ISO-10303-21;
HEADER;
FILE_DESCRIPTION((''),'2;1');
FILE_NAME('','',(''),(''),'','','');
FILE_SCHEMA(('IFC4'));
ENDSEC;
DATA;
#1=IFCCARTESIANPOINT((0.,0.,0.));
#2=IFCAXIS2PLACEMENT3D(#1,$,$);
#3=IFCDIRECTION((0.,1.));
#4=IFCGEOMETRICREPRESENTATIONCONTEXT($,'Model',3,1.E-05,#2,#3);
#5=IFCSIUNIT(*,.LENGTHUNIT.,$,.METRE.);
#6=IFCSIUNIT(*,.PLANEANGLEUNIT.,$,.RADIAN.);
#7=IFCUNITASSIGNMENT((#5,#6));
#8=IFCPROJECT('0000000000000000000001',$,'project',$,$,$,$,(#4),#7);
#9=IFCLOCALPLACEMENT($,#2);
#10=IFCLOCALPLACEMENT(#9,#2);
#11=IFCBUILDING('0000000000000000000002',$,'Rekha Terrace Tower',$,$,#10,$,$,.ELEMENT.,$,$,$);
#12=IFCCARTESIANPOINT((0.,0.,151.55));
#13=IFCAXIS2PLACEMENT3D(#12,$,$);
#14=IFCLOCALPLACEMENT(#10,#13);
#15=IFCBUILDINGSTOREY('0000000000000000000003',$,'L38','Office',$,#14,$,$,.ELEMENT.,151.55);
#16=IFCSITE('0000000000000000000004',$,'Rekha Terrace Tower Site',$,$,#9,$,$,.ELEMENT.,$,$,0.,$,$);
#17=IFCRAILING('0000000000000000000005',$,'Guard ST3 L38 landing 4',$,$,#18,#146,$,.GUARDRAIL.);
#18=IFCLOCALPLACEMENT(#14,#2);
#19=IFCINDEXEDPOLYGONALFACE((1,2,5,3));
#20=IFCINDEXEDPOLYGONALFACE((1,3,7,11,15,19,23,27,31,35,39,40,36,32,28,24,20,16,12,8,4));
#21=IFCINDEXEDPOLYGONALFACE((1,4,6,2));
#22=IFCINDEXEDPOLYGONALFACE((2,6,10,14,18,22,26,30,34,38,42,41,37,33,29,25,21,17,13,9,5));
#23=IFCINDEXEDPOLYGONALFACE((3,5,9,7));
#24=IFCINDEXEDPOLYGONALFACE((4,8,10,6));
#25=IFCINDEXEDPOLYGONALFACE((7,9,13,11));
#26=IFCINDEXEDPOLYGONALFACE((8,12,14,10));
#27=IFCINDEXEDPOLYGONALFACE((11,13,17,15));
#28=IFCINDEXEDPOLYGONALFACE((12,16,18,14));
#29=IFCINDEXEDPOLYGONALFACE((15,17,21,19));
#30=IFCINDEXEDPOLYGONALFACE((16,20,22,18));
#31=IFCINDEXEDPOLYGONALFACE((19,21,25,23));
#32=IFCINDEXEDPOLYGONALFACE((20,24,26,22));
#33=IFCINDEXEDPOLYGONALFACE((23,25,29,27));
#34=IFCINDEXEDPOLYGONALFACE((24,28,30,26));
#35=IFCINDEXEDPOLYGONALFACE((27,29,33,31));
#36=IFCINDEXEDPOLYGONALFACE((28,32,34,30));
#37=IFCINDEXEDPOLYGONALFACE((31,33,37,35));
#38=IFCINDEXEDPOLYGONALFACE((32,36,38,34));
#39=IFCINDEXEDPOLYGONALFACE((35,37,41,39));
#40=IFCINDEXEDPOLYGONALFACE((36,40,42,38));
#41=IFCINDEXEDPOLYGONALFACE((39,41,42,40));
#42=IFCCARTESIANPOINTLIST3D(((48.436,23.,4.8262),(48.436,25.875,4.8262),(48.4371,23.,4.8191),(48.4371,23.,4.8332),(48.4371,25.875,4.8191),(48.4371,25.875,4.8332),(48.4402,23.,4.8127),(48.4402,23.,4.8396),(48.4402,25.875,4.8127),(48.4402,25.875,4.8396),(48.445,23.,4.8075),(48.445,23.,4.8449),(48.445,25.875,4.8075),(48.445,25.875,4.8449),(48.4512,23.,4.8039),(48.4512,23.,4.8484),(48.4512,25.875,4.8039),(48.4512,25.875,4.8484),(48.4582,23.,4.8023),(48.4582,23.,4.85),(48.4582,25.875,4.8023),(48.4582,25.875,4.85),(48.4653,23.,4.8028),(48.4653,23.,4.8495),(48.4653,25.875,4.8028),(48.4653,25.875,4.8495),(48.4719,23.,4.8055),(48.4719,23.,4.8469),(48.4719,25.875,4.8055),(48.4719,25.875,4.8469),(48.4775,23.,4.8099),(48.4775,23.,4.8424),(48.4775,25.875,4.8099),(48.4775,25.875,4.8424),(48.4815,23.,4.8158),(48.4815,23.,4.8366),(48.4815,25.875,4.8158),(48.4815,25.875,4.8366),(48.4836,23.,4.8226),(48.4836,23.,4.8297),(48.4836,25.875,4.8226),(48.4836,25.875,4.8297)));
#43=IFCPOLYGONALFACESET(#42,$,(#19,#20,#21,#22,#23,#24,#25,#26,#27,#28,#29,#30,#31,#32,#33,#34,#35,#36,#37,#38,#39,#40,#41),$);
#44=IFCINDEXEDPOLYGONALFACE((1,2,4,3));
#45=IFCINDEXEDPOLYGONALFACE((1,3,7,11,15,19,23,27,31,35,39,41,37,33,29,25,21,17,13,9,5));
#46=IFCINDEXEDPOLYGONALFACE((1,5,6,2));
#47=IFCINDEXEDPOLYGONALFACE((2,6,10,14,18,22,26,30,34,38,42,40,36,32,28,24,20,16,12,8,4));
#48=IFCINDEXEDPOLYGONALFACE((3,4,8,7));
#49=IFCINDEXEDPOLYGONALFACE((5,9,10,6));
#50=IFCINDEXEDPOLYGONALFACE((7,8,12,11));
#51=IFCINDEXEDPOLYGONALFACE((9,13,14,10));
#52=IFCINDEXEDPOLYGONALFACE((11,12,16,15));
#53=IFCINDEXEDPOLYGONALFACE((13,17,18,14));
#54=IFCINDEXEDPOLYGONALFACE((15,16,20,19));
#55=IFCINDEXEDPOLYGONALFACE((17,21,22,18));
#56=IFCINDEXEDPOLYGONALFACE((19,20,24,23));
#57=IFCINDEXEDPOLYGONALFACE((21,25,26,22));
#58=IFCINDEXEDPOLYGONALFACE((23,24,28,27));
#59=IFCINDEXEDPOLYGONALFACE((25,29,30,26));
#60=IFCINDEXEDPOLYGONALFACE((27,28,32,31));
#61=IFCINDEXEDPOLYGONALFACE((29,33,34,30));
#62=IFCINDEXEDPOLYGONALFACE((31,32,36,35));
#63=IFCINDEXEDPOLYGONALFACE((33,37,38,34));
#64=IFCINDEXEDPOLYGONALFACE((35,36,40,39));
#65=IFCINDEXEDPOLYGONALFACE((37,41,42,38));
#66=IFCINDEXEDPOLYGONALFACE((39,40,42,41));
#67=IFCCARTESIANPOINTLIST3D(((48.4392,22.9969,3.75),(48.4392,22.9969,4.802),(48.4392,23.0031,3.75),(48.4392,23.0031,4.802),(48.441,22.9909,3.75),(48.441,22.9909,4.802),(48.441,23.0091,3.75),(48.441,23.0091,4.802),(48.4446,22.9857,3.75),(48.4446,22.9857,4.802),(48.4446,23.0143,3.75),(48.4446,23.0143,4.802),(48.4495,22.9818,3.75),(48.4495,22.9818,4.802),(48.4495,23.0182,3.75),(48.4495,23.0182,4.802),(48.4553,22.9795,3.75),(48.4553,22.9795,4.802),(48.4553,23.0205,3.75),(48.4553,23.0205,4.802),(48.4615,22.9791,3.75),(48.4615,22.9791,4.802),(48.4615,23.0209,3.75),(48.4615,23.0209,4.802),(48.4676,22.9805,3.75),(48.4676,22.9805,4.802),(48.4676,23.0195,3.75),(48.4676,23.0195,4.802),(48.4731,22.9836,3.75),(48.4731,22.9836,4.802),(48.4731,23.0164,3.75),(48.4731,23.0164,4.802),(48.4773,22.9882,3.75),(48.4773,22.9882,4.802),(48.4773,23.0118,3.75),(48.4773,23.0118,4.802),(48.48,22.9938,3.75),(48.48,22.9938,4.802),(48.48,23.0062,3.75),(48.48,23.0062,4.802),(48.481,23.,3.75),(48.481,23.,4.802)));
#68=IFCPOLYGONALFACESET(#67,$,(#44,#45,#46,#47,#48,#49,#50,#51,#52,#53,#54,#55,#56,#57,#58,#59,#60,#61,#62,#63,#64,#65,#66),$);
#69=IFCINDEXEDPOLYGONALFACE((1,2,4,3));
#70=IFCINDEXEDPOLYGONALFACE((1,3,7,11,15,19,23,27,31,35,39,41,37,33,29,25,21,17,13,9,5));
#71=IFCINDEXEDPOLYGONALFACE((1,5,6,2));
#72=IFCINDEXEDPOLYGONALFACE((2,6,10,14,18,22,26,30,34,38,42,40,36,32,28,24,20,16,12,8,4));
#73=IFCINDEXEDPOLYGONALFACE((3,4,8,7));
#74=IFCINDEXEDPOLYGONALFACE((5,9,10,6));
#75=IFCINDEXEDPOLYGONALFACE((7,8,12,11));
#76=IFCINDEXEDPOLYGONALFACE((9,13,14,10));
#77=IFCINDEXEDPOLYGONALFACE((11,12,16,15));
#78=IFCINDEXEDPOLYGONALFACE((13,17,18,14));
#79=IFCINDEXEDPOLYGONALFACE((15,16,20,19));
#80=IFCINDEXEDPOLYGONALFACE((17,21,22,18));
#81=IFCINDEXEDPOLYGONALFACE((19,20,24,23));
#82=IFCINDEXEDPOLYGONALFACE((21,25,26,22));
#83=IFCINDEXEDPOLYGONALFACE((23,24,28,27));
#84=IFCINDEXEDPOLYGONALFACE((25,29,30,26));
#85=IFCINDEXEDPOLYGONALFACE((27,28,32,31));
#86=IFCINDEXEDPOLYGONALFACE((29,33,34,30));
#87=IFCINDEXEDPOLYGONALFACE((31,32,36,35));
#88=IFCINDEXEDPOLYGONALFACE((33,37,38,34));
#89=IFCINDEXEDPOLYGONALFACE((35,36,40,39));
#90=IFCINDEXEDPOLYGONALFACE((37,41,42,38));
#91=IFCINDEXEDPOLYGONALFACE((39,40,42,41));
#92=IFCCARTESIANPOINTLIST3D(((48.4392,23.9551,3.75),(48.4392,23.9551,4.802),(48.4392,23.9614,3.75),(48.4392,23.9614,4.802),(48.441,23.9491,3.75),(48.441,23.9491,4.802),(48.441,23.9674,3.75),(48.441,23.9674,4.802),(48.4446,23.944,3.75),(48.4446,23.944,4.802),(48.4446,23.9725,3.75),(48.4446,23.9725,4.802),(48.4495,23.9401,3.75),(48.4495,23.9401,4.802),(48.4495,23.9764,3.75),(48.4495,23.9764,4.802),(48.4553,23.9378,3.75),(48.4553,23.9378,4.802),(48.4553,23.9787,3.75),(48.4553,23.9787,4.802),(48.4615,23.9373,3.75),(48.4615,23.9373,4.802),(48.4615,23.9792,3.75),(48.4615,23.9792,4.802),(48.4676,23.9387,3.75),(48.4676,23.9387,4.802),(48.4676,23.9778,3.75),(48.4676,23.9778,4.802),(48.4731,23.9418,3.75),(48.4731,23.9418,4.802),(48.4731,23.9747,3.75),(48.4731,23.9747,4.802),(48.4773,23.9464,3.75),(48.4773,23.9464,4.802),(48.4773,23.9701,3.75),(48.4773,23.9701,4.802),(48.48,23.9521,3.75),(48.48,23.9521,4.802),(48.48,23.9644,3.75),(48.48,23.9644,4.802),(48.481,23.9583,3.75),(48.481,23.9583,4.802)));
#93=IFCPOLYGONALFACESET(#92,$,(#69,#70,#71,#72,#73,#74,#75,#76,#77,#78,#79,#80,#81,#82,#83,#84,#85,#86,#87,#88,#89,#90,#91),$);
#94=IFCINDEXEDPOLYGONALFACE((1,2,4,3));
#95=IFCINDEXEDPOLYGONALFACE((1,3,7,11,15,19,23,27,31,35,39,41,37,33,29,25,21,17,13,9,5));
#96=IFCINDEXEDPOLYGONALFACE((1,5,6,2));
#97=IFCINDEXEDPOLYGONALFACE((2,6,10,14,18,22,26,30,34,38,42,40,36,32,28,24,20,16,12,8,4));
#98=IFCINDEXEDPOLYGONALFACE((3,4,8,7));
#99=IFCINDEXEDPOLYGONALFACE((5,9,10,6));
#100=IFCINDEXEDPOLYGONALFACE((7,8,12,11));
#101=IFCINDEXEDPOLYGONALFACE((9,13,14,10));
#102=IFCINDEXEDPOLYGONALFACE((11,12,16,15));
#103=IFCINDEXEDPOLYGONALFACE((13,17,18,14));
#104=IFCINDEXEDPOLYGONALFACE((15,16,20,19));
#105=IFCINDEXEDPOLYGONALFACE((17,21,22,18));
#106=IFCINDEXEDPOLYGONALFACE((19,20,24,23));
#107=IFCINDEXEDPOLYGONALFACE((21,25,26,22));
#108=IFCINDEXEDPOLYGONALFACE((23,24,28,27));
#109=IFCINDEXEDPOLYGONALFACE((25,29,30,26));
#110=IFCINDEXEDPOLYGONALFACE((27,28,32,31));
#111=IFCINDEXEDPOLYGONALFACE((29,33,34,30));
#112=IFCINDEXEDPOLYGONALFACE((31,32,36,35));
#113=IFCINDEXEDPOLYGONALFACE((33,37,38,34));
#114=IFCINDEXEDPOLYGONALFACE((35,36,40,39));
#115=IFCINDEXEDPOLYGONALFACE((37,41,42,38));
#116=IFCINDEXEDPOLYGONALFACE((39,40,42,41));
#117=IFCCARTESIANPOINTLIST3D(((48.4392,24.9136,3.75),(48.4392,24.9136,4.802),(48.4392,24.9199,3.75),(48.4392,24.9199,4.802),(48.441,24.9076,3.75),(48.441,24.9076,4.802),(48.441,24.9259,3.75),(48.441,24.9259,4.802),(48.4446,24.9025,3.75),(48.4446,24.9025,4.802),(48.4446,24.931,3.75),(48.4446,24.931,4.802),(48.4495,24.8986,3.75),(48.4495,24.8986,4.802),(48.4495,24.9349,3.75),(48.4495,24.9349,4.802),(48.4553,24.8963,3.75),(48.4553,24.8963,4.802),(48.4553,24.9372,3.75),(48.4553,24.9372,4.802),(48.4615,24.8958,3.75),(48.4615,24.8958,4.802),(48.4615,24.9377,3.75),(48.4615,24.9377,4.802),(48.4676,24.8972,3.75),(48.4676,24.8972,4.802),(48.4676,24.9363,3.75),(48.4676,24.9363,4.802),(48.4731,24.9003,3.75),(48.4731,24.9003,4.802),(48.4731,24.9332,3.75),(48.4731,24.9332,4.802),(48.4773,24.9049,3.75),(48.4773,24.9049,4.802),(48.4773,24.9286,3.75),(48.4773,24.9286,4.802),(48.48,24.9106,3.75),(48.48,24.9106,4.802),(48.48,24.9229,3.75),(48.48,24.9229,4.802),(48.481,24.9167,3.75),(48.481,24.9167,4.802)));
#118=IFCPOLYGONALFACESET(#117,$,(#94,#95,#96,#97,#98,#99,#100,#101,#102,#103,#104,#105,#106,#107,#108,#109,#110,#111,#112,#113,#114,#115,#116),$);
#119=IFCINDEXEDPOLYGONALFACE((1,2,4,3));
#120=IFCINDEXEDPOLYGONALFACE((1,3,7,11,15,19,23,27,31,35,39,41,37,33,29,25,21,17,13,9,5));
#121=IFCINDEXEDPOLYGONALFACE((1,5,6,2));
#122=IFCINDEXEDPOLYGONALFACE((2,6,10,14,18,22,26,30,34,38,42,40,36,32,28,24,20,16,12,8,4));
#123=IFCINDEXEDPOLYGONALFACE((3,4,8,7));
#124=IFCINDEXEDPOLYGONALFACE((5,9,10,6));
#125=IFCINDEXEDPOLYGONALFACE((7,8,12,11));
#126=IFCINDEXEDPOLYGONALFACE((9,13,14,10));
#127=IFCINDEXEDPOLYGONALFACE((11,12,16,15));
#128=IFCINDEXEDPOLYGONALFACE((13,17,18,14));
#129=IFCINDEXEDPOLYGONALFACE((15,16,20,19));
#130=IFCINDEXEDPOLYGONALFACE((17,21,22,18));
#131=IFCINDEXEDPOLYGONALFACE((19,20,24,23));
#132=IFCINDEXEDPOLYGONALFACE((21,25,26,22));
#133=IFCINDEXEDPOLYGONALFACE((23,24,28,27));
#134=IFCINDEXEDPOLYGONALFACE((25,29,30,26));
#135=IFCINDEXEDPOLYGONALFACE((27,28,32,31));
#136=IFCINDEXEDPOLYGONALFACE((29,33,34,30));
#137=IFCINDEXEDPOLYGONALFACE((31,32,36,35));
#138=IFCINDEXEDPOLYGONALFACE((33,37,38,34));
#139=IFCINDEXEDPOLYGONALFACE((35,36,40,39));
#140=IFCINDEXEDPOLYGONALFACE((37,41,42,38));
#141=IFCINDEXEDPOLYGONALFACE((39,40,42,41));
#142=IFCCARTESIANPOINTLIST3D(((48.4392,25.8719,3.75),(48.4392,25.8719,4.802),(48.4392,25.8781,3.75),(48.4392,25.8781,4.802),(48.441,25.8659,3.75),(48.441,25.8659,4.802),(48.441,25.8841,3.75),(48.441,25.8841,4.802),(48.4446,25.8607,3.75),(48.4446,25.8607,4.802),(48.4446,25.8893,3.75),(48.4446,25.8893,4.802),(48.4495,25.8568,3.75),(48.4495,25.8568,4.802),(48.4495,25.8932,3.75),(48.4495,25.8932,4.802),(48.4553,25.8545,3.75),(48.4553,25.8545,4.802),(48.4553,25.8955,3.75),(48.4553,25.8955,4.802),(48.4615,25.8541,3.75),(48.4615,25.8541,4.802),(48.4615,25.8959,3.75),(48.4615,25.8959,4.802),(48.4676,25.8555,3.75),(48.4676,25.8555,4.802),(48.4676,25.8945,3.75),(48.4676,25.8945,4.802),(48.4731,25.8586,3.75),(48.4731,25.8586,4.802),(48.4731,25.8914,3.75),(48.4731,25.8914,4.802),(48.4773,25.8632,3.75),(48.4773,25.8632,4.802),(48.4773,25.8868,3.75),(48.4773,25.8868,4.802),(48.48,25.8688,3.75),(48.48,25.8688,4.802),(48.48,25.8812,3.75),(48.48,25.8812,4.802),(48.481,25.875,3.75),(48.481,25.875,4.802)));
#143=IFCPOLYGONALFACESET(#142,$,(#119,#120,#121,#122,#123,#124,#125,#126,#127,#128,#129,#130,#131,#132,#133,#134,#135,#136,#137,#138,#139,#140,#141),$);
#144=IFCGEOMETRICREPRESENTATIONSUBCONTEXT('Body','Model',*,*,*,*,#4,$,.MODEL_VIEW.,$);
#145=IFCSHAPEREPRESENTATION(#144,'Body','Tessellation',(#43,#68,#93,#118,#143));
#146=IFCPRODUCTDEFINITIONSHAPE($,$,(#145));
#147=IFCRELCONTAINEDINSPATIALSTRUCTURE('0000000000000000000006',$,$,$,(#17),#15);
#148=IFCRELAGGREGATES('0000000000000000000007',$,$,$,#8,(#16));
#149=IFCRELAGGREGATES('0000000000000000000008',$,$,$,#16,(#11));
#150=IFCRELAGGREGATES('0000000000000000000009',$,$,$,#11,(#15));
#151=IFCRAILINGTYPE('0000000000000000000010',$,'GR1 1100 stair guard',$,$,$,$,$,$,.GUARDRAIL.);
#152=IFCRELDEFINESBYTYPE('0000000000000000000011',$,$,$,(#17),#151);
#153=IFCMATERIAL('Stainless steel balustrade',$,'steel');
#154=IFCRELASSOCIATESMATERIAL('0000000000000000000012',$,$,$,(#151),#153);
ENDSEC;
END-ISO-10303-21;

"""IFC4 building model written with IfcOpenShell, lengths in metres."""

from ifc_helpers import new_model, si_unit, direction, frame, origin, origin_2d, place, context, subcontext, project, spatial, circle, extrude, material, type_object, element, save


model = new_model("IFC4")

# Units and contexts
model_context = context("Model", 3, precision=1e-05, world=origin(), true_north=direction((0.0, 1.0)))
body_context = subcontext(model_context, "Body", "Model", "MODEL_VIEW")
ifc_project = project(units=[si_unit("LENGTHUNIT", "METRE"), si_unit("PLANEANGLEUNIT", "RADIAN")], contexts=[model_context])

# Site, building, storey
site_placement = place(None, origin())
site = spatial("IfcSite", under=ifc_project, at=site_placement, Name="Rekha Terrace Tower Site", CompositionType="ELEMENT", RefElevation=0.0)
building_placement = place(site_placement, origin())
building = spatial("IfcBuilding", under=site, at=building_placement, Name="Rekha Terrace Tower", CompositionType="ELEMENT")
storey_placement = place(building_placement, frame((0.0, 0.0, 151.55)))
storey = spatial("IfcBuildingStorey", under=building, at=storey_placement, Name="L38", Description="Office", CompositionType="ELEMENT", Elevation=151.55)

# Railing
ifc_material_1 = material(Name="Stainless steel balustrade", Category="steel")
railing_type_1 = type_object("IfcRailingType", Name="GR1 1100 stair guard", PredefinedType="GUARDRAIL", material=ifc_material_1)
railing_1_placement = place(storey_placement, frame((48.46, 23.0, 3.75)))
element("IfcRailing", 1, at=railing_1_placement, inside=storey, type_object=railing_type_1, Name="Guard ST3 L38 landing 4", PredefinedType="GUARDRAIL", context=body_context, shape_type="SweptSolid", body=[
    extrude(circle(Radius=0.0239, at=origin_2d()), frame((0.0, 0.0, 1.0762), z_axis=(0.0, 1.0, 0.0), x_axis=(-1.0, 0.0, 0.0)), (0.0, 0.0, 1.0), 2.875),
    extrude(circle(Radius=0.021, at=origin_2d()), origin(), (0.0, 0.0, 1.0), 1.052),
    extrude(circle(Radius=0.021, at=origin_2d()), frame((0.0, 0.9583, 0.0)), (0.0, 0.0, 1.0), 1.052),
    extrude(circle(Radius=0.021, at=origin_2d()), frame((0.0, 1.9167, 0.0)), (0.0, 0.0, 1.0), 1.052),
    extrude(circle(Radius=0.021, at=origin_2d()), frame((0.0, 2.875, 0.0)), (0.0, 0.0, 1.0), 1.052),
])

save(model, "model.ifc")
